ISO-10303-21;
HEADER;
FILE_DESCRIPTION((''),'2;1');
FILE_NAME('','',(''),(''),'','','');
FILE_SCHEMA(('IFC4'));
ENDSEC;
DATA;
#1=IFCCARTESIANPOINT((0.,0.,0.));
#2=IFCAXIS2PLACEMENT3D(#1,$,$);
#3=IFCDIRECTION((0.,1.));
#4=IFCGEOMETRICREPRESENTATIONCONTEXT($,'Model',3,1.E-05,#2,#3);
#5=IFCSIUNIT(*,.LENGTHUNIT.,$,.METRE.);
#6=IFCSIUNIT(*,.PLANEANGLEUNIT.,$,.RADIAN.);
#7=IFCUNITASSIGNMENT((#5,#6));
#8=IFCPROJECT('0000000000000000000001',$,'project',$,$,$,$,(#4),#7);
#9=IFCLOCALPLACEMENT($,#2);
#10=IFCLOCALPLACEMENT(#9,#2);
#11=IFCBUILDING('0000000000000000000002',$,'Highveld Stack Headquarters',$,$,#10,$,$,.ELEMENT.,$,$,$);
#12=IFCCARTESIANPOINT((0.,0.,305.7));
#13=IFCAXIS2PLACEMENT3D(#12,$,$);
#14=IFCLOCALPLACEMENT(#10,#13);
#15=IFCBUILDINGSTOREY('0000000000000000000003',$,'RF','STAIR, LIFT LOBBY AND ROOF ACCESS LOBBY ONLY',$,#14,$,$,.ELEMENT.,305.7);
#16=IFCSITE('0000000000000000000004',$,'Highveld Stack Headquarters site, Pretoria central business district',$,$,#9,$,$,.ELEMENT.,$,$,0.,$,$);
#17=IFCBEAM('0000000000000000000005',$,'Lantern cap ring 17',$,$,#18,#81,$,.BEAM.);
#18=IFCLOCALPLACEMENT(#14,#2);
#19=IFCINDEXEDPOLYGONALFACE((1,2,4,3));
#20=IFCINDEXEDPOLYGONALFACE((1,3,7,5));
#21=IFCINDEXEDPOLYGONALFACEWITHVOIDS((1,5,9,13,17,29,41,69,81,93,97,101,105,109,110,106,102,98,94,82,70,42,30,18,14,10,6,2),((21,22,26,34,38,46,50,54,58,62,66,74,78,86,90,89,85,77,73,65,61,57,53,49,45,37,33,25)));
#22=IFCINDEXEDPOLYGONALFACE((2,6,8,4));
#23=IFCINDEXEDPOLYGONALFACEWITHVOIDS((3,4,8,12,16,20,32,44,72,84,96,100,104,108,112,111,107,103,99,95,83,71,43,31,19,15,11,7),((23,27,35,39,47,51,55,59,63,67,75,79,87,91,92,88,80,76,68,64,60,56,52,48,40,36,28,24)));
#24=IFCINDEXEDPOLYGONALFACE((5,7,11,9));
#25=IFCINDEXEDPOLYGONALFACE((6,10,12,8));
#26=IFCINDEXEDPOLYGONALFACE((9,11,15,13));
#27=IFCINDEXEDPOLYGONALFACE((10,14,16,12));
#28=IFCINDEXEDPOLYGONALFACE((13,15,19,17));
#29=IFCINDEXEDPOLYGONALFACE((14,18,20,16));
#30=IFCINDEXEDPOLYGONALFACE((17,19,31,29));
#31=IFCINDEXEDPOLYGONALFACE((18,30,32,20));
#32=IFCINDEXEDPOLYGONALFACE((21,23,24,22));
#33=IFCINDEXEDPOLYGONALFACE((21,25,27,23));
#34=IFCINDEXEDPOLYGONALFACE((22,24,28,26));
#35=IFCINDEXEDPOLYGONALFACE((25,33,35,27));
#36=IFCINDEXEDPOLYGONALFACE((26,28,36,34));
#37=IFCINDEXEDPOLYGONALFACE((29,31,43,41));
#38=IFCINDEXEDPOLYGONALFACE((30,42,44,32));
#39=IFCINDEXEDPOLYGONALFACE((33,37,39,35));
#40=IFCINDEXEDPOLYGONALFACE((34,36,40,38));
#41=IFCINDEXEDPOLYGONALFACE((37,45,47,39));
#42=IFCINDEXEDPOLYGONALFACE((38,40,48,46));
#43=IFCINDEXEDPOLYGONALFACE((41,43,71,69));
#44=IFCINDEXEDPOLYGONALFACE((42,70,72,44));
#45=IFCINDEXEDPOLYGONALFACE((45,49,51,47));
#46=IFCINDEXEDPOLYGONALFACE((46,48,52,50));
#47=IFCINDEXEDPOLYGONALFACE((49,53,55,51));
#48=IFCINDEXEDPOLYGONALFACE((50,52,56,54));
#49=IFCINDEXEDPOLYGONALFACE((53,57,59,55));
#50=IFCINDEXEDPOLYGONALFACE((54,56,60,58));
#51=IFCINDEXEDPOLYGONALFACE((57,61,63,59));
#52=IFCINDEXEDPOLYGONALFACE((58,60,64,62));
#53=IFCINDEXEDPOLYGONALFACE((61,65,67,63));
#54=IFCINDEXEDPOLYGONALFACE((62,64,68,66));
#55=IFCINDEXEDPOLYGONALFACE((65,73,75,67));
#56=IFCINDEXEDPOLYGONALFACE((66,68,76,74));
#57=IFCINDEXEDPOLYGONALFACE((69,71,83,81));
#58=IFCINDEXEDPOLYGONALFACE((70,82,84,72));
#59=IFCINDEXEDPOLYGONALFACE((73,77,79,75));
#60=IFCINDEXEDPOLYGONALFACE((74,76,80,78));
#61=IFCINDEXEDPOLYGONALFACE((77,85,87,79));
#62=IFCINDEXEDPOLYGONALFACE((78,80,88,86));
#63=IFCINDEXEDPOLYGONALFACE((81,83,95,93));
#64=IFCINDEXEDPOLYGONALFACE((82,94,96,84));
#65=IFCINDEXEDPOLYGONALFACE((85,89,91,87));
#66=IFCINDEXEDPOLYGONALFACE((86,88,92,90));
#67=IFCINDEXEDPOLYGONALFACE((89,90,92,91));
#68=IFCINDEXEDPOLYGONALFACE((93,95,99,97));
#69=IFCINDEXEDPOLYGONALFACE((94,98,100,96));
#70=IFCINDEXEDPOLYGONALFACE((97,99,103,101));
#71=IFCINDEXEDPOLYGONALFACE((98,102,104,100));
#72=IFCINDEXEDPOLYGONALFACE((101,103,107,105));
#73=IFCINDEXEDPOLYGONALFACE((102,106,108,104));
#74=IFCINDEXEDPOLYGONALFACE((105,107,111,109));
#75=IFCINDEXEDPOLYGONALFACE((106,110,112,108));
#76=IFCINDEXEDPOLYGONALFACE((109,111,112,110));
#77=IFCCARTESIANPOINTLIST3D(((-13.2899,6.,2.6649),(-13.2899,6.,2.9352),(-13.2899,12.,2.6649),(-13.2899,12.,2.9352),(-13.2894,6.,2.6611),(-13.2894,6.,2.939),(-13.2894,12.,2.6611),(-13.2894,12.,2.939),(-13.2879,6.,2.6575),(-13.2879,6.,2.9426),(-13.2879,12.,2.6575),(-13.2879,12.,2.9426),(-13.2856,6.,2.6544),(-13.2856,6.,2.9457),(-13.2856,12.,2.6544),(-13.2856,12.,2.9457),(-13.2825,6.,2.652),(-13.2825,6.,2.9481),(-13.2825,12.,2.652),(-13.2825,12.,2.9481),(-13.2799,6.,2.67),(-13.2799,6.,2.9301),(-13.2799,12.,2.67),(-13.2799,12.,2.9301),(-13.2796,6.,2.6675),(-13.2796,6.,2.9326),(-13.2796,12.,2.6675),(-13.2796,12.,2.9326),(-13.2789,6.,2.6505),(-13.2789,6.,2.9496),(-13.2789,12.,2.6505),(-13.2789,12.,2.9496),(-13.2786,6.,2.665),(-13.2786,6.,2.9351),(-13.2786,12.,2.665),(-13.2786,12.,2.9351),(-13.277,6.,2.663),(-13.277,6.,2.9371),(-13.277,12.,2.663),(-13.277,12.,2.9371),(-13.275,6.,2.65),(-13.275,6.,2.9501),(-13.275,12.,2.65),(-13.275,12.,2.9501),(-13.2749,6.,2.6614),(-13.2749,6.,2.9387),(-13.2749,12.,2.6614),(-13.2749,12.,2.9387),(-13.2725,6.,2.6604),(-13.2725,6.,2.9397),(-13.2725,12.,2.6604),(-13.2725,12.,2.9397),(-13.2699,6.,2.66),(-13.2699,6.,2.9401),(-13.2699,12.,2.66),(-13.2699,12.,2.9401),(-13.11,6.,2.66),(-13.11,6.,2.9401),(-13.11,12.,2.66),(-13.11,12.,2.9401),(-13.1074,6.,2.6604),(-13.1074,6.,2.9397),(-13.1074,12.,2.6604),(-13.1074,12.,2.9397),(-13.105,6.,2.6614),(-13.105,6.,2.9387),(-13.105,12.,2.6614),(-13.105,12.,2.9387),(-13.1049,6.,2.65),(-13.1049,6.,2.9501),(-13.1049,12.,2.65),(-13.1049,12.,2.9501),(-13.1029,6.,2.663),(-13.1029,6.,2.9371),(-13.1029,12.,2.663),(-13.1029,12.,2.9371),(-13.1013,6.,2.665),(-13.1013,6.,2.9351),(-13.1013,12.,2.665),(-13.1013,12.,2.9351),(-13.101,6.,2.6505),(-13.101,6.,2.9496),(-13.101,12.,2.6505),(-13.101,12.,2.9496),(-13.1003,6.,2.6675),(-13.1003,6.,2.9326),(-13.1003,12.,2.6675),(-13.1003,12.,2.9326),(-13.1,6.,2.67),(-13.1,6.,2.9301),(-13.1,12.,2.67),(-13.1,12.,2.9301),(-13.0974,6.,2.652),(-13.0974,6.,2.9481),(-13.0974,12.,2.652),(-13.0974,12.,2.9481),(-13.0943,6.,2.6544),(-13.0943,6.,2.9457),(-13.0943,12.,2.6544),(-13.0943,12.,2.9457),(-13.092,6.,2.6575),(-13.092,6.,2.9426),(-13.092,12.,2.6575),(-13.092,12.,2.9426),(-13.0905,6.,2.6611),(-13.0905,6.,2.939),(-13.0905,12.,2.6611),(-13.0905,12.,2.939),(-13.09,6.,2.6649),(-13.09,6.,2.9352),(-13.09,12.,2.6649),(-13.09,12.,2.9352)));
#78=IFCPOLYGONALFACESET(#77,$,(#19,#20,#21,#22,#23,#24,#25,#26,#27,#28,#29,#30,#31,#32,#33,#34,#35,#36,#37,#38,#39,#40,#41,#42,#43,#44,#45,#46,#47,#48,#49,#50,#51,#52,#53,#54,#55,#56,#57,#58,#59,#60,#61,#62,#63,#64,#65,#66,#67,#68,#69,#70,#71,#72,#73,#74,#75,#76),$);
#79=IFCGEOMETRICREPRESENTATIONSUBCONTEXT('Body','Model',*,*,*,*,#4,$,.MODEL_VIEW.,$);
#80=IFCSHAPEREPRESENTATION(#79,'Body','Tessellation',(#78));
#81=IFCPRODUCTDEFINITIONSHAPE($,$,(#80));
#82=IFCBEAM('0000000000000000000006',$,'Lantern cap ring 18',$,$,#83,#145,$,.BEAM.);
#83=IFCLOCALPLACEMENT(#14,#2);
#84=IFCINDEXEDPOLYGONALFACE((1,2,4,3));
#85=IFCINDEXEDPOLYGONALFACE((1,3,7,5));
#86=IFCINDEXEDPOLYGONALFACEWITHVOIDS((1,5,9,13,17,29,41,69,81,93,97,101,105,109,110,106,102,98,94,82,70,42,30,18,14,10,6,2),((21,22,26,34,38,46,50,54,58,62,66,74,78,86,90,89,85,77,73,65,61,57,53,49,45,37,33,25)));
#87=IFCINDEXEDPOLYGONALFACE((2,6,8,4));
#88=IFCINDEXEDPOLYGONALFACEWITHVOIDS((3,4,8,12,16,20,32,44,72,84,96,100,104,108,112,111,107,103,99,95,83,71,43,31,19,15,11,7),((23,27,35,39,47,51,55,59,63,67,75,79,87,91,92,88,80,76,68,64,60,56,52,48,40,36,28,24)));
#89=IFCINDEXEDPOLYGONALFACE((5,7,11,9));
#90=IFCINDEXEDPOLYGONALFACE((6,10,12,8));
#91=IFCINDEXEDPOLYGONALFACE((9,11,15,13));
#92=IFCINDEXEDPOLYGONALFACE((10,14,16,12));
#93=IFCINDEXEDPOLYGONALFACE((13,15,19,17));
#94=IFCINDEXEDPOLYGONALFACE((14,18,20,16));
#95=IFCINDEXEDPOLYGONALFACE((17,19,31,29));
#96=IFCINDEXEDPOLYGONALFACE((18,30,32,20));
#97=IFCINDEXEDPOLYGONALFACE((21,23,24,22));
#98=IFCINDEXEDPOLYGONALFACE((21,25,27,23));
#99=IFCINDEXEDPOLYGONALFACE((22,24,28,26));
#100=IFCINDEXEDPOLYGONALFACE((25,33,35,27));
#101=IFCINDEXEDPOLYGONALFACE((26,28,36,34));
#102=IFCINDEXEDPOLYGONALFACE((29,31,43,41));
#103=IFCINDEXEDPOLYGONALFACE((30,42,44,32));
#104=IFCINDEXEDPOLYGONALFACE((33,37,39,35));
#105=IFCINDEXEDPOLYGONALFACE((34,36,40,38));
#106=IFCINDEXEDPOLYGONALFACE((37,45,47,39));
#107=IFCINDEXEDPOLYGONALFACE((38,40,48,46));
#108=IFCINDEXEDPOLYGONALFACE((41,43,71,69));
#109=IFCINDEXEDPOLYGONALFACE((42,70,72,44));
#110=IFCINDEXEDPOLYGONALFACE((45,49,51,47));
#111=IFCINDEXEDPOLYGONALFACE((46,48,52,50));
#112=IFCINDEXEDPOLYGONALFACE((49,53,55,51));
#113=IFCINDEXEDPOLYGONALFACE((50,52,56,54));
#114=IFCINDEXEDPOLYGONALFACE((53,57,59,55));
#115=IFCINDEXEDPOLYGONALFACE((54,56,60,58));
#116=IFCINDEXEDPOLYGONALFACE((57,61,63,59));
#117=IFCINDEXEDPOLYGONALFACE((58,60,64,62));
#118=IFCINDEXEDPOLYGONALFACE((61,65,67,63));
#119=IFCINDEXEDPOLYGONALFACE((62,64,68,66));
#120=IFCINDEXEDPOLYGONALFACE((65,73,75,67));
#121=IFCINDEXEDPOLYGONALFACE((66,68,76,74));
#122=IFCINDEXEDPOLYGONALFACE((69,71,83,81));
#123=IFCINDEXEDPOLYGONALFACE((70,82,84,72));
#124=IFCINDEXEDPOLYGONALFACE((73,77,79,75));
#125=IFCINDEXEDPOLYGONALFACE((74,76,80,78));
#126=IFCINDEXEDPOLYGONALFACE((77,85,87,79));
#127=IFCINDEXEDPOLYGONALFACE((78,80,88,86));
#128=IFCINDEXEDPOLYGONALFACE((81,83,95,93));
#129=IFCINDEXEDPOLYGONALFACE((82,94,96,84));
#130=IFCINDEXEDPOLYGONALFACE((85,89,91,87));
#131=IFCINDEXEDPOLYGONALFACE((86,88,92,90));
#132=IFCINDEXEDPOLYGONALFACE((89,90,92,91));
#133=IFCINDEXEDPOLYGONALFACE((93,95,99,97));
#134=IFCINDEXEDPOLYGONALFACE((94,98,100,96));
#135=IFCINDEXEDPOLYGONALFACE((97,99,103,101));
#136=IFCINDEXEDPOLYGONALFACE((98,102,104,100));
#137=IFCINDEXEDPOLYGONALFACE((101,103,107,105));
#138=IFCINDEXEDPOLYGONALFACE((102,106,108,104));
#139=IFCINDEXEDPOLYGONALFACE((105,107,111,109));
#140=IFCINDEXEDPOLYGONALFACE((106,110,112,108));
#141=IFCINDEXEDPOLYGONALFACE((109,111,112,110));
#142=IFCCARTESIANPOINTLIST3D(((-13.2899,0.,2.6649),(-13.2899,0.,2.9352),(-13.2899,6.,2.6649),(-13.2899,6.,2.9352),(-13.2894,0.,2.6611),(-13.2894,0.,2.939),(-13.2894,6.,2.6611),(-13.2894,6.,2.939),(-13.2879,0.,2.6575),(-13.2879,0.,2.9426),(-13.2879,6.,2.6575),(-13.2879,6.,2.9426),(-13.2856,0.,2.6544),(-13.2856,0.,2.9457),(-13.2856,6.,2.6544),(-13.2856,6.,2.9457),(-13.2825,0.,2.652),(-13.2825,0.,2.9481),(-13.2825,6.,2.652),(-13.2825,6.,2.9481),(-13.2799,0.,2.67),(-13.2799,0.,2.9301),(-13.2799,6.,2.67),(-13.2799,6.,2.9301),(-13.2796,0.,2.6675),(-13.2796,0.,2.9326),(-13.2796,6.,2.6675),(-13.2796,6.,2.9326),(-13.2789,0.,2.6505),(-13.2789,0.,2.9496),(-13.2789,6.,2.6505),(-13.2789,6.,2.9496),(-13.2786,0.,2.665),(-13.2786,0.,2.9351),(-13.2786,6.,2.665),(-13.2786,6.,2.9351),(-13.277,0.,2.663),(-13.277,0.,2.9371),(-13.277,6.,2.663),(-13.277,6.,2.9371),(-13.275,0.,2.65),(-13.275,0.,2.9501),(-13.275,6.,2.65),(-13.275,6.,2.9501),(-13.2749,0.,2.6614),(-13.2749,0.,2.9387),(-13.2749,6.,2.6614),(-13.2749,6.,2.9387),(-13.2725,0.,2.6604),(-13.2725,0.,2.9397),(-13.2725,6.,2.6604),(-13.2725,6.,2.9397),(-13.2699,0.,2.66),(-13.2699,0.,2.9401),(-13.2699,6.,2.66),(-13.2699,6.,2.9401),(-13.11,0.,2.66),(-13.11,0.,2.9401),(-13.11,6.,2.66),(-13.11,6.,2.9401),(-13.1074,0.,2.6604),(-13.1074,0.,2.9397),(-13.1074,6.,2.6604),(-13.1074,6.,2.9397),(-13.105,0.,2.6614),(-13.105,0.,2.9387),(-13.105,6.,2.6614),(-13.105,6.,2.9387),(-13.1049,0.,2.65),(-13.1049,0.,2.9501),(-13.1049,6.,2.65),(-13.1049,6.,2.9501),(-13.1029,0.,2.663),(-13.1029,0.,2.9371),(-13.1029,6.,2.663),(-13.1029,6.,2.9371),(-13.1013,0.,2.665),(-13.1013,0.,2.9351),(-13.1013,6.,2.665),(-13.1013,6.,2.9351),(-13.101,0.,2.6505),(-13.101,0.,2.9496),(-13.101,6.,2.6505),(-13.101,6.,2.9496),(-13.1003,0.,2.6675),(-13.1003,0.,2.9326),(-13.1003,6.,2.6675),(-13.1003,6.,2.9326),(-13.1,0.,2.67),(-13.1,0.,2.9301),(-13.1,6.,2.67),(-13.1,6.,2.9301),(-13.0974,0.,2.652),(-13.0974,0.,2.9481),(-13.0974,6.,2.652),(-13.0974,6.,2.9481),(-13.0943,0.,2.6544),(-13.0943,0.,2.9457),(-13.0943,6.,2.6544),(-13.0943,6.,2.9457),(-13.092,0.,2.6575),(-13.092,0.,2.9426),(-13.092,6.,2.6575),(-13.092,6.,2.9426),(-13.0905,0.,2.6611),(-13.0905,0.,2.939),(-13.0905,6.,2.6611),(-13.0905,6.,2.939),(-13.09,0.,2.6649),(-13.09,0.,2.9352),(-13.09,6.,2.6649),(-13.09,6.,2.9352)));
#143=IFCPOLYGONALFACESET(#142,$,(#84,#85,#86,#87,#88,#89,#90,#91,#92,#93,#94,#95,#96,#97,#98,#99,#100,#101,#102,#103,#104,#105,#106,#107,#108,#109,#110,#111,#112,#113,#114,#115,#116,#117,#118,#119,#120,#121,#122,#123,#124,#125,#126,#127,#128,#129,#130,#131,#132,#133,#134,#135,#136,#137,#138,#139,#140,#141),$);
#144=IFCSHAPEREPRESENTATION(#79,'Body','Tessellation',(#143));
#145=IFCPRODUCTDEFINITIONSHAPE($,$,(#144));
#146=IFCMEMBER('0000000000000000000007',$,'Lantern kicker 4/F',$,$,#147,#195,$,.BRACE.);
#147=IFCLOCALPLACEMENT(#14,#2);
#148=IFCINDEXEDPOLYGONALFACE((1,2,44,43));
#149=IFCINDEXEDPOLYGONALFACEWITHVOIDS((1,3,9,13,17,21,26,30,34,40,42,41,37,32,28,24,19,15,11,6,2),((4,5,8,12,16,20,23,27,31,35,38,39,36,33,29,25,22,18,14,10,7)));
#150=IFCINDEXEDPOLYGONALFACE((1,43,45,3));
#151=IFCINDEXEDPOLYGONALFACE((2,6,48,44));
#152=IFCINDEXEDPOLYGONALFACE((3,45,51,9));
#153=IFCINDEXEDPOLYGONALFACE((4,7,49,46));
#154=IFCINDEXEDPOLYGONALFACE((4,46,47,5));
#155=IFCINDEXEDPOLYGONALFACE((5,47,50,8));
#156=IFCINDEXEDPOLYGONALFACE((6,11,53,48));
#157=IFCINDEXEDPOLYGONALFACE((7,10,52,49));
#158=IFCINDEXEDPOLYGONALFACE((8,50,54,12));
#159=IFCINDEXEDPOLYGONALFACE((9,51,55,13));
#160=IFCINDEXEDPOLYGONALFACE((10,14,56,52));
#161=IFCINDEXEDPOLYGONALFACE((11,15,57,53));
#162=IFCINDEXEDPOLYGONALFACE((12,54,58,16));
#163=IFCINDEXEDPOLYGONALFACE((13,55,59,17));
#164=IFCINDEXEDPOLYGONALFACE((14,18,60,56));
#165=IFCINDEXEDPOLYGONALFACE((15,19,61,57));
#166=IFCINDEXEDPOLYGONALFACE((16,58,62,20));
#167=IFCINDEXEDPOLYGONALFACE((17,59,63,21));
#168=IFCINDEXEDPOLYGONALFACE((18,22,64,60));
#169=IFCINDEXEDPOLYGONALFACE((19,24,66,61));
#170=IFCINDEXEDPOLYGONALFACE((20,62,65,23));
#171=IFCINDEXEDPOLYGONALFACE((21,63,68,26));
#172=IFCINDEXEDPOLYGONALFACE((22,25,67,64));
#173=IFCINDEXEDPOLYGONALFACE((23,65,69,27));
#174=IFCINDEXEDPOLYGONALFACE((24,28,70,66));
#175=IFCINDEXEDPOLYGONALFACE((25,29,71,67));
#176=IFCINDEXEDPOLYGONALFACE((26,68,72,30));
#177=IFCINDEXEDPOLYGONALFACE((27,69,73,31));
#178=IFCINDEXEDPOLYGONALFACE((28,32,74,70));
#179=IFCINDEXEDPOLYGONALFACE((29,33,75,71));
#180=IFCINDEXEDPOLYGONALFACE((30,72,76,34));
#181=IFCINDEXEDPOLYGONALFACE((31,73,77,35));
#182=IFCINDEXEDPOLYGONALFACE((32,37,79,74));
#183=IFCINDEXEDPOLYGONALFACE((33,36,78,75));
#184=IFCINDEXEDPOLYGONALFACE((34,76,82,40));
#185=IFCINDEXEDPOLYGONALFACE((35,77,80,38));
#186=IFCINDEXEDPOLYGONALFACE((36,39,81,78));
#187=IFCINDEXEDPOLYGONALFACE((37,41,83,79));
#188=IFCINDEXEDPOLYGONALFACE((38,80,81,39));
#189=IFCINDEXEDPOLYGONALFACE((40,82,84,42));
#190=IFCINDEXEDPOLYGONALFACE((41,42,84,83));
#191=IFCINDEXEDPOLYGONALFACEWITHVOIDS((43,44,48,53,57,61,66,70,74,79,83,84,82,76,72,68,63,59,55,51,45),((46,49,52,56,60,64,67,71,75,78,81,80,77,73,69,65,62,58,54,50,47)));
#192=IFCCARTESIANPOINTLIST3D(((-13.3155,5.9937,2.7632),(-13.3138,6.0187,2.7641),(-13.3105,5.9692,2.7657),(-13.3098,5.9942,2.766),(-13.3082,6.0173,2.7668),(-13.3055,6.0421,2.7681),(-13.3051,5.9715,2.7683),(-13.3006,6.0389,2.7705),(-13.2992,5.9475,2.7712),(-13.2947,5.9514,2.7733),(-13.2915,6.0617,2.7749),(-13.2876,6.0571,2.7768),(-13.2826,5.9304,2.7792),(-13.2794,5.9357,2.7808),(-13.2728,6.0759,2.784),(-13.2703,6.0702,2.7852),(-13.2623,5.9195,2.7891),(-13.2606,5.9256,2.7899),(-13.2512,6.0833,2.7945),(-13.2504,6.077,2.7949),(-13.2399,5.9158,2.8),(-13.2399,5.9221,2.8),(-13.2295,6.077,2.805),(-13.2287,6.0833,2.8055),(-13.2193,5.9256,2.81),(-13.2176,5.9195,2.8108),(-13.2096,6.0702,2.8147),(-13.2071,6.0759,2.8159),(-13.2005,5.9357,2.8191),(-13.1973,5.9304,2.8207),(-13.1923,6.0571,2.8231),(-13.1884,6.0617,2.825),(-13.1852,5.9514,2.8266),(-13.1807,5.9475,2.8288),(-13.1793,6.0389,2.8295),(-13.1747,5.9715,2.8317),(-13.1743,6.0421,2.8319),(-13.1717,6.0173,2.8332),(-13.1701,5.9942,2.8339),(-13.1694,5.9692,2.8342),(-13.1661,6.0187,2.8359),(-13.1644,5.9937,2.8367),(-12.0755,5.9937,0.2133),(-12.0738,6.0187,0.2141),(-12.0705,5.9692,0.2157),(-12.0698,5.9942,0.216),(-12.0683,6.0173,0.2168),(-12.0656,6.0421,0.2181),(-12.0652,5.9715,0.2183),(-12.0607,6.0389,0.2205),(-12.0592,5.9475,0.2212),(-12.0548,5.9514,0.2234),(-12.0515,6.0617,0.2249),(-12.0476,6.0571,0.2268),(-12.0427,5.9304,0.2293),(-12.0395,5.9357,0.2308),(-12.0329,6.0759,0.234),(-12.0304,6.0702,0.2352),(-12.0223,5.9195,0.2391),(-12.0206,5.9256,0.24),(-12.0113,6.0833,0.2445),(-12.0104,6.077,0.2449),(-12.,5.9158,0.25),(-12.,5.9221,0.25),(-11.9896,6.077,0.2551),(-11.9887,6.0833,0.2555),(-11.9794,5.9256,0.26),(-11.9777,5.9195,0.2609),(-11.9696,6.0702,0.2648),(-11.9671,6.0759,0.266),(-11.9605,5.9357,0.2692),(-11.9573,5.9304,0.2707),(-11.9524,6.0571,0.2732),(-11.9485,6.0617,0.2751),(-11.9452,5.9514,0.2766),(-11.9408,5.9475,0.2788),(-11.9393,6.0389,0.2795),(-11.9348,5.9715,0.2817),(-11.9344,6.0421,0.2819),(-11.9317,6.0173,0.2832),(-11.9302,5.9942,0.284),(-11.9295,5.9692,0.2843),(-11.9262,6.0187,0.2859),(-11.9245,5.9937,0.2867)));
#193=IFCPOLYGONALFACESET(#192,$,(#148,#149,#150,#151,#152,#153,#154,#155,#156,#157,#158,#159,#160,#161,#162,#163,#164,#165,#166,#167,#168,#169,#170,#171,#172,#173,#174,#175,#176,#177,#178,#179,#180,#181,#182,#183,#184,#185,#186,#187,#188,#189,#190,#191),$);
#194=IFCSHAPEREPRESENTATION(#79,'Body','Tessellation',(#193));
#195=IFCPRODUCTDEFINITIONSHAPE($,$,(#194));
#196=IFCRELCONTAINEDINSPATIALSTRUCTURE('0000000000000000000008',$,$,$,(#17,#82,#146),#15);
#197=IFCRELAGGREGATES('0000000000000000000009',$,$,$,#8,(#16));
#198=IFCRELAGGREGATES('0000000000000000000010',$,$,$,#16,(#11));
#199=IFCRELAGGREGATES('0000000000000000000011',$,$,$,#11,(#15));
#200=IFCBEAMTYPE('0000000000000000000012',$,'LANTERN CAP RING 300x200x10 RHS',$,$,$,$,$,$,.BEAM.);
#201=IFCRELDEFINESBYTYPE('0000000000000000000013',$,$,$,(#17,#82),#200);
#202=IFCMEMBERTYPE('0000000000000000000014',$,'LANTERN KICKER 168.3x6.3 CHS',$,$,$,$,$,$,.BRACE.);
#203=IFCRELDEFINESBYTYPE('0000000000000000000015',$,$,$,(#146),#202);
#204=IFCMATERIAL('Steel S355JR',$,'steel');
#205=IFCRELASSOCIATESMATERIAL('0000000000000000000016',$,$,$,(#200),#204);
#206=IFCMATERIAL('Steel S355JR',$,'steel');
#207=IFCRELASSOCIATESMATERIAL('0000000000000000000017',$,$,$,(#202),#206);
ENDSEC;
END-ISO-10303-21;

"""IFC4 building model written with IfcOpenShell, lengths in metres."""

from ifc_helpers import new_model, si_unit, direction, frame, origin, origin_2d, place, context, subcontext, project, spatial, hollow_rectangle, hollow_circle, extrude, material, material_profile, profile_set, type_object, element, save


model = new_model("IFC4")

# Units and contexts
model_context = context("Model", 3, precision=1e-05, world=origin(), true_north=direction((0.0, 1.0)))
body_context = subcontext(model_context, "Body", "Model", "MODEL_VIEW")
ifc_project = project(units=[si_unit("LENGTHUNIT", "METRE"), si_unit("PLANEANGLEUNIT", "RADIAN")], contexts=[model_context])

# Site, building, storey
site_placement = place(None, origin())
site = spatial("IfcSite", under=ifc_project, at=site_placement, Name="Highveld Stack Headquarters site, Pretoria central business district", CompositionType="ELEMENT", RefElevation=0.0)
building_placement = place(site_placement, origin())
building = spatial("IfcBuilding", under=site, at=building_placement, Name="Highveld Stack Headquarters", CompositionType="ELEMENT")
storey_placement = place(building_placement, frame((0.0, 0.0, 305.7)))
storey = spatial("IfcBuildingStorey", under=building, at=storey_placement, Name="RF", Description="STAIR, LIFT LOBBY AND ROOF ACCESS LOBBY ONLY", CompositionType="ELEMENT", Elevation=305.7)

# Beams
ifc_material_1 = material(Name="Steel S355JR", Category="steel")
ifc_material_profile_1 = material_profile(ifc_material_1, hollow_rectangle(XDim=0.2, YDim=0.3, WallThickness=0.01, InnerFilletRadius=0.01, OuterFilletRadius=0.0149, at=origin_2d()), Name="300x200x10 RHS")
ifc_profile_set_1 = profile_set([ifc_material_profile_1], Name="Steel S355JR")
beam_type_1 = type_object("IfcBeamType", Name="LANTERN CAP RING 300x200x10 RHS", PredefinedType="BEAM", material=ifc_profile_set_1)
for number, where, z_axis, x_axis, name in (
    (1, (-13.1899, 12.0, 2.8), (0.0, -1.0, 0.0), (1.0, 0.0, 0.0), "Lantern cap ring 17"),
    (2, (-13.1899, 6.0, 2.8), (0.0, -1.0, 0.0), (1.0, 0.0, 0.0), "Lantern cap ring 18"),
):
    element("IfcBeam", number, at=place(storey_placement, frame(where, z_axis=z_axis, x_axis=x_axis)), inside=storey, type_object=beam_type_1, Name=name, PredefinedType="BEAM", context=body_context, shape_type="SweptSolid", body=[
        extrude(hollow_rectangle(XDim=0.2, YDim=0.3, WallThickness=0.01, InnerFilletRadius=0.01, OuterFilletRadius=0.0149, at=origin_2d()), origin(), (0.0, 0.0, 1.0), 6.0),
    ])

# Member
ifc_material_2 = material(Name="Steel S355JR", Category="steel")
ifc_material_profile_2 = material_profile(ifc_material_2, hollow_circle(Radius=0.0842, WallThickness=0.0063, at=origin_2d()), Name="168.3x6.3 CHS")
ifc_profile_set_2 = profile_set([ifc_material_profile_2], Name="Steel S355JR")
member_type = type_object("IfcMemberType", Name="LANTERN KICKER 168.3x6.3 CHS", PredefinedType="BRACE", material=ifc_profile_set_2)
for number, where, z_axis, x_axis, name in (
    (3, (-12.0, 6.0, 0.25), (-0.437302, 0.0, 0.899315), (0.0, -1.0, 0.0), "Lantern kicker 4/F"),
):
    element("IfcMember", number, at=place(storey_placement, frame(where, z_axis=z_axis, x_axis=x_axis)), inside=storey, type_object=member_type, Name=name, PredefinedType="BRACE", context=body_context, shape_type="SweptSolid", body=[
        extrude(hollow_circle(Radius=0.0842, WallThickness=0.0063, at=origin_2d()), origin(), (0.0, 0.0, 1.0), 2.8354),
    ])

save(model, "model.ifc")
